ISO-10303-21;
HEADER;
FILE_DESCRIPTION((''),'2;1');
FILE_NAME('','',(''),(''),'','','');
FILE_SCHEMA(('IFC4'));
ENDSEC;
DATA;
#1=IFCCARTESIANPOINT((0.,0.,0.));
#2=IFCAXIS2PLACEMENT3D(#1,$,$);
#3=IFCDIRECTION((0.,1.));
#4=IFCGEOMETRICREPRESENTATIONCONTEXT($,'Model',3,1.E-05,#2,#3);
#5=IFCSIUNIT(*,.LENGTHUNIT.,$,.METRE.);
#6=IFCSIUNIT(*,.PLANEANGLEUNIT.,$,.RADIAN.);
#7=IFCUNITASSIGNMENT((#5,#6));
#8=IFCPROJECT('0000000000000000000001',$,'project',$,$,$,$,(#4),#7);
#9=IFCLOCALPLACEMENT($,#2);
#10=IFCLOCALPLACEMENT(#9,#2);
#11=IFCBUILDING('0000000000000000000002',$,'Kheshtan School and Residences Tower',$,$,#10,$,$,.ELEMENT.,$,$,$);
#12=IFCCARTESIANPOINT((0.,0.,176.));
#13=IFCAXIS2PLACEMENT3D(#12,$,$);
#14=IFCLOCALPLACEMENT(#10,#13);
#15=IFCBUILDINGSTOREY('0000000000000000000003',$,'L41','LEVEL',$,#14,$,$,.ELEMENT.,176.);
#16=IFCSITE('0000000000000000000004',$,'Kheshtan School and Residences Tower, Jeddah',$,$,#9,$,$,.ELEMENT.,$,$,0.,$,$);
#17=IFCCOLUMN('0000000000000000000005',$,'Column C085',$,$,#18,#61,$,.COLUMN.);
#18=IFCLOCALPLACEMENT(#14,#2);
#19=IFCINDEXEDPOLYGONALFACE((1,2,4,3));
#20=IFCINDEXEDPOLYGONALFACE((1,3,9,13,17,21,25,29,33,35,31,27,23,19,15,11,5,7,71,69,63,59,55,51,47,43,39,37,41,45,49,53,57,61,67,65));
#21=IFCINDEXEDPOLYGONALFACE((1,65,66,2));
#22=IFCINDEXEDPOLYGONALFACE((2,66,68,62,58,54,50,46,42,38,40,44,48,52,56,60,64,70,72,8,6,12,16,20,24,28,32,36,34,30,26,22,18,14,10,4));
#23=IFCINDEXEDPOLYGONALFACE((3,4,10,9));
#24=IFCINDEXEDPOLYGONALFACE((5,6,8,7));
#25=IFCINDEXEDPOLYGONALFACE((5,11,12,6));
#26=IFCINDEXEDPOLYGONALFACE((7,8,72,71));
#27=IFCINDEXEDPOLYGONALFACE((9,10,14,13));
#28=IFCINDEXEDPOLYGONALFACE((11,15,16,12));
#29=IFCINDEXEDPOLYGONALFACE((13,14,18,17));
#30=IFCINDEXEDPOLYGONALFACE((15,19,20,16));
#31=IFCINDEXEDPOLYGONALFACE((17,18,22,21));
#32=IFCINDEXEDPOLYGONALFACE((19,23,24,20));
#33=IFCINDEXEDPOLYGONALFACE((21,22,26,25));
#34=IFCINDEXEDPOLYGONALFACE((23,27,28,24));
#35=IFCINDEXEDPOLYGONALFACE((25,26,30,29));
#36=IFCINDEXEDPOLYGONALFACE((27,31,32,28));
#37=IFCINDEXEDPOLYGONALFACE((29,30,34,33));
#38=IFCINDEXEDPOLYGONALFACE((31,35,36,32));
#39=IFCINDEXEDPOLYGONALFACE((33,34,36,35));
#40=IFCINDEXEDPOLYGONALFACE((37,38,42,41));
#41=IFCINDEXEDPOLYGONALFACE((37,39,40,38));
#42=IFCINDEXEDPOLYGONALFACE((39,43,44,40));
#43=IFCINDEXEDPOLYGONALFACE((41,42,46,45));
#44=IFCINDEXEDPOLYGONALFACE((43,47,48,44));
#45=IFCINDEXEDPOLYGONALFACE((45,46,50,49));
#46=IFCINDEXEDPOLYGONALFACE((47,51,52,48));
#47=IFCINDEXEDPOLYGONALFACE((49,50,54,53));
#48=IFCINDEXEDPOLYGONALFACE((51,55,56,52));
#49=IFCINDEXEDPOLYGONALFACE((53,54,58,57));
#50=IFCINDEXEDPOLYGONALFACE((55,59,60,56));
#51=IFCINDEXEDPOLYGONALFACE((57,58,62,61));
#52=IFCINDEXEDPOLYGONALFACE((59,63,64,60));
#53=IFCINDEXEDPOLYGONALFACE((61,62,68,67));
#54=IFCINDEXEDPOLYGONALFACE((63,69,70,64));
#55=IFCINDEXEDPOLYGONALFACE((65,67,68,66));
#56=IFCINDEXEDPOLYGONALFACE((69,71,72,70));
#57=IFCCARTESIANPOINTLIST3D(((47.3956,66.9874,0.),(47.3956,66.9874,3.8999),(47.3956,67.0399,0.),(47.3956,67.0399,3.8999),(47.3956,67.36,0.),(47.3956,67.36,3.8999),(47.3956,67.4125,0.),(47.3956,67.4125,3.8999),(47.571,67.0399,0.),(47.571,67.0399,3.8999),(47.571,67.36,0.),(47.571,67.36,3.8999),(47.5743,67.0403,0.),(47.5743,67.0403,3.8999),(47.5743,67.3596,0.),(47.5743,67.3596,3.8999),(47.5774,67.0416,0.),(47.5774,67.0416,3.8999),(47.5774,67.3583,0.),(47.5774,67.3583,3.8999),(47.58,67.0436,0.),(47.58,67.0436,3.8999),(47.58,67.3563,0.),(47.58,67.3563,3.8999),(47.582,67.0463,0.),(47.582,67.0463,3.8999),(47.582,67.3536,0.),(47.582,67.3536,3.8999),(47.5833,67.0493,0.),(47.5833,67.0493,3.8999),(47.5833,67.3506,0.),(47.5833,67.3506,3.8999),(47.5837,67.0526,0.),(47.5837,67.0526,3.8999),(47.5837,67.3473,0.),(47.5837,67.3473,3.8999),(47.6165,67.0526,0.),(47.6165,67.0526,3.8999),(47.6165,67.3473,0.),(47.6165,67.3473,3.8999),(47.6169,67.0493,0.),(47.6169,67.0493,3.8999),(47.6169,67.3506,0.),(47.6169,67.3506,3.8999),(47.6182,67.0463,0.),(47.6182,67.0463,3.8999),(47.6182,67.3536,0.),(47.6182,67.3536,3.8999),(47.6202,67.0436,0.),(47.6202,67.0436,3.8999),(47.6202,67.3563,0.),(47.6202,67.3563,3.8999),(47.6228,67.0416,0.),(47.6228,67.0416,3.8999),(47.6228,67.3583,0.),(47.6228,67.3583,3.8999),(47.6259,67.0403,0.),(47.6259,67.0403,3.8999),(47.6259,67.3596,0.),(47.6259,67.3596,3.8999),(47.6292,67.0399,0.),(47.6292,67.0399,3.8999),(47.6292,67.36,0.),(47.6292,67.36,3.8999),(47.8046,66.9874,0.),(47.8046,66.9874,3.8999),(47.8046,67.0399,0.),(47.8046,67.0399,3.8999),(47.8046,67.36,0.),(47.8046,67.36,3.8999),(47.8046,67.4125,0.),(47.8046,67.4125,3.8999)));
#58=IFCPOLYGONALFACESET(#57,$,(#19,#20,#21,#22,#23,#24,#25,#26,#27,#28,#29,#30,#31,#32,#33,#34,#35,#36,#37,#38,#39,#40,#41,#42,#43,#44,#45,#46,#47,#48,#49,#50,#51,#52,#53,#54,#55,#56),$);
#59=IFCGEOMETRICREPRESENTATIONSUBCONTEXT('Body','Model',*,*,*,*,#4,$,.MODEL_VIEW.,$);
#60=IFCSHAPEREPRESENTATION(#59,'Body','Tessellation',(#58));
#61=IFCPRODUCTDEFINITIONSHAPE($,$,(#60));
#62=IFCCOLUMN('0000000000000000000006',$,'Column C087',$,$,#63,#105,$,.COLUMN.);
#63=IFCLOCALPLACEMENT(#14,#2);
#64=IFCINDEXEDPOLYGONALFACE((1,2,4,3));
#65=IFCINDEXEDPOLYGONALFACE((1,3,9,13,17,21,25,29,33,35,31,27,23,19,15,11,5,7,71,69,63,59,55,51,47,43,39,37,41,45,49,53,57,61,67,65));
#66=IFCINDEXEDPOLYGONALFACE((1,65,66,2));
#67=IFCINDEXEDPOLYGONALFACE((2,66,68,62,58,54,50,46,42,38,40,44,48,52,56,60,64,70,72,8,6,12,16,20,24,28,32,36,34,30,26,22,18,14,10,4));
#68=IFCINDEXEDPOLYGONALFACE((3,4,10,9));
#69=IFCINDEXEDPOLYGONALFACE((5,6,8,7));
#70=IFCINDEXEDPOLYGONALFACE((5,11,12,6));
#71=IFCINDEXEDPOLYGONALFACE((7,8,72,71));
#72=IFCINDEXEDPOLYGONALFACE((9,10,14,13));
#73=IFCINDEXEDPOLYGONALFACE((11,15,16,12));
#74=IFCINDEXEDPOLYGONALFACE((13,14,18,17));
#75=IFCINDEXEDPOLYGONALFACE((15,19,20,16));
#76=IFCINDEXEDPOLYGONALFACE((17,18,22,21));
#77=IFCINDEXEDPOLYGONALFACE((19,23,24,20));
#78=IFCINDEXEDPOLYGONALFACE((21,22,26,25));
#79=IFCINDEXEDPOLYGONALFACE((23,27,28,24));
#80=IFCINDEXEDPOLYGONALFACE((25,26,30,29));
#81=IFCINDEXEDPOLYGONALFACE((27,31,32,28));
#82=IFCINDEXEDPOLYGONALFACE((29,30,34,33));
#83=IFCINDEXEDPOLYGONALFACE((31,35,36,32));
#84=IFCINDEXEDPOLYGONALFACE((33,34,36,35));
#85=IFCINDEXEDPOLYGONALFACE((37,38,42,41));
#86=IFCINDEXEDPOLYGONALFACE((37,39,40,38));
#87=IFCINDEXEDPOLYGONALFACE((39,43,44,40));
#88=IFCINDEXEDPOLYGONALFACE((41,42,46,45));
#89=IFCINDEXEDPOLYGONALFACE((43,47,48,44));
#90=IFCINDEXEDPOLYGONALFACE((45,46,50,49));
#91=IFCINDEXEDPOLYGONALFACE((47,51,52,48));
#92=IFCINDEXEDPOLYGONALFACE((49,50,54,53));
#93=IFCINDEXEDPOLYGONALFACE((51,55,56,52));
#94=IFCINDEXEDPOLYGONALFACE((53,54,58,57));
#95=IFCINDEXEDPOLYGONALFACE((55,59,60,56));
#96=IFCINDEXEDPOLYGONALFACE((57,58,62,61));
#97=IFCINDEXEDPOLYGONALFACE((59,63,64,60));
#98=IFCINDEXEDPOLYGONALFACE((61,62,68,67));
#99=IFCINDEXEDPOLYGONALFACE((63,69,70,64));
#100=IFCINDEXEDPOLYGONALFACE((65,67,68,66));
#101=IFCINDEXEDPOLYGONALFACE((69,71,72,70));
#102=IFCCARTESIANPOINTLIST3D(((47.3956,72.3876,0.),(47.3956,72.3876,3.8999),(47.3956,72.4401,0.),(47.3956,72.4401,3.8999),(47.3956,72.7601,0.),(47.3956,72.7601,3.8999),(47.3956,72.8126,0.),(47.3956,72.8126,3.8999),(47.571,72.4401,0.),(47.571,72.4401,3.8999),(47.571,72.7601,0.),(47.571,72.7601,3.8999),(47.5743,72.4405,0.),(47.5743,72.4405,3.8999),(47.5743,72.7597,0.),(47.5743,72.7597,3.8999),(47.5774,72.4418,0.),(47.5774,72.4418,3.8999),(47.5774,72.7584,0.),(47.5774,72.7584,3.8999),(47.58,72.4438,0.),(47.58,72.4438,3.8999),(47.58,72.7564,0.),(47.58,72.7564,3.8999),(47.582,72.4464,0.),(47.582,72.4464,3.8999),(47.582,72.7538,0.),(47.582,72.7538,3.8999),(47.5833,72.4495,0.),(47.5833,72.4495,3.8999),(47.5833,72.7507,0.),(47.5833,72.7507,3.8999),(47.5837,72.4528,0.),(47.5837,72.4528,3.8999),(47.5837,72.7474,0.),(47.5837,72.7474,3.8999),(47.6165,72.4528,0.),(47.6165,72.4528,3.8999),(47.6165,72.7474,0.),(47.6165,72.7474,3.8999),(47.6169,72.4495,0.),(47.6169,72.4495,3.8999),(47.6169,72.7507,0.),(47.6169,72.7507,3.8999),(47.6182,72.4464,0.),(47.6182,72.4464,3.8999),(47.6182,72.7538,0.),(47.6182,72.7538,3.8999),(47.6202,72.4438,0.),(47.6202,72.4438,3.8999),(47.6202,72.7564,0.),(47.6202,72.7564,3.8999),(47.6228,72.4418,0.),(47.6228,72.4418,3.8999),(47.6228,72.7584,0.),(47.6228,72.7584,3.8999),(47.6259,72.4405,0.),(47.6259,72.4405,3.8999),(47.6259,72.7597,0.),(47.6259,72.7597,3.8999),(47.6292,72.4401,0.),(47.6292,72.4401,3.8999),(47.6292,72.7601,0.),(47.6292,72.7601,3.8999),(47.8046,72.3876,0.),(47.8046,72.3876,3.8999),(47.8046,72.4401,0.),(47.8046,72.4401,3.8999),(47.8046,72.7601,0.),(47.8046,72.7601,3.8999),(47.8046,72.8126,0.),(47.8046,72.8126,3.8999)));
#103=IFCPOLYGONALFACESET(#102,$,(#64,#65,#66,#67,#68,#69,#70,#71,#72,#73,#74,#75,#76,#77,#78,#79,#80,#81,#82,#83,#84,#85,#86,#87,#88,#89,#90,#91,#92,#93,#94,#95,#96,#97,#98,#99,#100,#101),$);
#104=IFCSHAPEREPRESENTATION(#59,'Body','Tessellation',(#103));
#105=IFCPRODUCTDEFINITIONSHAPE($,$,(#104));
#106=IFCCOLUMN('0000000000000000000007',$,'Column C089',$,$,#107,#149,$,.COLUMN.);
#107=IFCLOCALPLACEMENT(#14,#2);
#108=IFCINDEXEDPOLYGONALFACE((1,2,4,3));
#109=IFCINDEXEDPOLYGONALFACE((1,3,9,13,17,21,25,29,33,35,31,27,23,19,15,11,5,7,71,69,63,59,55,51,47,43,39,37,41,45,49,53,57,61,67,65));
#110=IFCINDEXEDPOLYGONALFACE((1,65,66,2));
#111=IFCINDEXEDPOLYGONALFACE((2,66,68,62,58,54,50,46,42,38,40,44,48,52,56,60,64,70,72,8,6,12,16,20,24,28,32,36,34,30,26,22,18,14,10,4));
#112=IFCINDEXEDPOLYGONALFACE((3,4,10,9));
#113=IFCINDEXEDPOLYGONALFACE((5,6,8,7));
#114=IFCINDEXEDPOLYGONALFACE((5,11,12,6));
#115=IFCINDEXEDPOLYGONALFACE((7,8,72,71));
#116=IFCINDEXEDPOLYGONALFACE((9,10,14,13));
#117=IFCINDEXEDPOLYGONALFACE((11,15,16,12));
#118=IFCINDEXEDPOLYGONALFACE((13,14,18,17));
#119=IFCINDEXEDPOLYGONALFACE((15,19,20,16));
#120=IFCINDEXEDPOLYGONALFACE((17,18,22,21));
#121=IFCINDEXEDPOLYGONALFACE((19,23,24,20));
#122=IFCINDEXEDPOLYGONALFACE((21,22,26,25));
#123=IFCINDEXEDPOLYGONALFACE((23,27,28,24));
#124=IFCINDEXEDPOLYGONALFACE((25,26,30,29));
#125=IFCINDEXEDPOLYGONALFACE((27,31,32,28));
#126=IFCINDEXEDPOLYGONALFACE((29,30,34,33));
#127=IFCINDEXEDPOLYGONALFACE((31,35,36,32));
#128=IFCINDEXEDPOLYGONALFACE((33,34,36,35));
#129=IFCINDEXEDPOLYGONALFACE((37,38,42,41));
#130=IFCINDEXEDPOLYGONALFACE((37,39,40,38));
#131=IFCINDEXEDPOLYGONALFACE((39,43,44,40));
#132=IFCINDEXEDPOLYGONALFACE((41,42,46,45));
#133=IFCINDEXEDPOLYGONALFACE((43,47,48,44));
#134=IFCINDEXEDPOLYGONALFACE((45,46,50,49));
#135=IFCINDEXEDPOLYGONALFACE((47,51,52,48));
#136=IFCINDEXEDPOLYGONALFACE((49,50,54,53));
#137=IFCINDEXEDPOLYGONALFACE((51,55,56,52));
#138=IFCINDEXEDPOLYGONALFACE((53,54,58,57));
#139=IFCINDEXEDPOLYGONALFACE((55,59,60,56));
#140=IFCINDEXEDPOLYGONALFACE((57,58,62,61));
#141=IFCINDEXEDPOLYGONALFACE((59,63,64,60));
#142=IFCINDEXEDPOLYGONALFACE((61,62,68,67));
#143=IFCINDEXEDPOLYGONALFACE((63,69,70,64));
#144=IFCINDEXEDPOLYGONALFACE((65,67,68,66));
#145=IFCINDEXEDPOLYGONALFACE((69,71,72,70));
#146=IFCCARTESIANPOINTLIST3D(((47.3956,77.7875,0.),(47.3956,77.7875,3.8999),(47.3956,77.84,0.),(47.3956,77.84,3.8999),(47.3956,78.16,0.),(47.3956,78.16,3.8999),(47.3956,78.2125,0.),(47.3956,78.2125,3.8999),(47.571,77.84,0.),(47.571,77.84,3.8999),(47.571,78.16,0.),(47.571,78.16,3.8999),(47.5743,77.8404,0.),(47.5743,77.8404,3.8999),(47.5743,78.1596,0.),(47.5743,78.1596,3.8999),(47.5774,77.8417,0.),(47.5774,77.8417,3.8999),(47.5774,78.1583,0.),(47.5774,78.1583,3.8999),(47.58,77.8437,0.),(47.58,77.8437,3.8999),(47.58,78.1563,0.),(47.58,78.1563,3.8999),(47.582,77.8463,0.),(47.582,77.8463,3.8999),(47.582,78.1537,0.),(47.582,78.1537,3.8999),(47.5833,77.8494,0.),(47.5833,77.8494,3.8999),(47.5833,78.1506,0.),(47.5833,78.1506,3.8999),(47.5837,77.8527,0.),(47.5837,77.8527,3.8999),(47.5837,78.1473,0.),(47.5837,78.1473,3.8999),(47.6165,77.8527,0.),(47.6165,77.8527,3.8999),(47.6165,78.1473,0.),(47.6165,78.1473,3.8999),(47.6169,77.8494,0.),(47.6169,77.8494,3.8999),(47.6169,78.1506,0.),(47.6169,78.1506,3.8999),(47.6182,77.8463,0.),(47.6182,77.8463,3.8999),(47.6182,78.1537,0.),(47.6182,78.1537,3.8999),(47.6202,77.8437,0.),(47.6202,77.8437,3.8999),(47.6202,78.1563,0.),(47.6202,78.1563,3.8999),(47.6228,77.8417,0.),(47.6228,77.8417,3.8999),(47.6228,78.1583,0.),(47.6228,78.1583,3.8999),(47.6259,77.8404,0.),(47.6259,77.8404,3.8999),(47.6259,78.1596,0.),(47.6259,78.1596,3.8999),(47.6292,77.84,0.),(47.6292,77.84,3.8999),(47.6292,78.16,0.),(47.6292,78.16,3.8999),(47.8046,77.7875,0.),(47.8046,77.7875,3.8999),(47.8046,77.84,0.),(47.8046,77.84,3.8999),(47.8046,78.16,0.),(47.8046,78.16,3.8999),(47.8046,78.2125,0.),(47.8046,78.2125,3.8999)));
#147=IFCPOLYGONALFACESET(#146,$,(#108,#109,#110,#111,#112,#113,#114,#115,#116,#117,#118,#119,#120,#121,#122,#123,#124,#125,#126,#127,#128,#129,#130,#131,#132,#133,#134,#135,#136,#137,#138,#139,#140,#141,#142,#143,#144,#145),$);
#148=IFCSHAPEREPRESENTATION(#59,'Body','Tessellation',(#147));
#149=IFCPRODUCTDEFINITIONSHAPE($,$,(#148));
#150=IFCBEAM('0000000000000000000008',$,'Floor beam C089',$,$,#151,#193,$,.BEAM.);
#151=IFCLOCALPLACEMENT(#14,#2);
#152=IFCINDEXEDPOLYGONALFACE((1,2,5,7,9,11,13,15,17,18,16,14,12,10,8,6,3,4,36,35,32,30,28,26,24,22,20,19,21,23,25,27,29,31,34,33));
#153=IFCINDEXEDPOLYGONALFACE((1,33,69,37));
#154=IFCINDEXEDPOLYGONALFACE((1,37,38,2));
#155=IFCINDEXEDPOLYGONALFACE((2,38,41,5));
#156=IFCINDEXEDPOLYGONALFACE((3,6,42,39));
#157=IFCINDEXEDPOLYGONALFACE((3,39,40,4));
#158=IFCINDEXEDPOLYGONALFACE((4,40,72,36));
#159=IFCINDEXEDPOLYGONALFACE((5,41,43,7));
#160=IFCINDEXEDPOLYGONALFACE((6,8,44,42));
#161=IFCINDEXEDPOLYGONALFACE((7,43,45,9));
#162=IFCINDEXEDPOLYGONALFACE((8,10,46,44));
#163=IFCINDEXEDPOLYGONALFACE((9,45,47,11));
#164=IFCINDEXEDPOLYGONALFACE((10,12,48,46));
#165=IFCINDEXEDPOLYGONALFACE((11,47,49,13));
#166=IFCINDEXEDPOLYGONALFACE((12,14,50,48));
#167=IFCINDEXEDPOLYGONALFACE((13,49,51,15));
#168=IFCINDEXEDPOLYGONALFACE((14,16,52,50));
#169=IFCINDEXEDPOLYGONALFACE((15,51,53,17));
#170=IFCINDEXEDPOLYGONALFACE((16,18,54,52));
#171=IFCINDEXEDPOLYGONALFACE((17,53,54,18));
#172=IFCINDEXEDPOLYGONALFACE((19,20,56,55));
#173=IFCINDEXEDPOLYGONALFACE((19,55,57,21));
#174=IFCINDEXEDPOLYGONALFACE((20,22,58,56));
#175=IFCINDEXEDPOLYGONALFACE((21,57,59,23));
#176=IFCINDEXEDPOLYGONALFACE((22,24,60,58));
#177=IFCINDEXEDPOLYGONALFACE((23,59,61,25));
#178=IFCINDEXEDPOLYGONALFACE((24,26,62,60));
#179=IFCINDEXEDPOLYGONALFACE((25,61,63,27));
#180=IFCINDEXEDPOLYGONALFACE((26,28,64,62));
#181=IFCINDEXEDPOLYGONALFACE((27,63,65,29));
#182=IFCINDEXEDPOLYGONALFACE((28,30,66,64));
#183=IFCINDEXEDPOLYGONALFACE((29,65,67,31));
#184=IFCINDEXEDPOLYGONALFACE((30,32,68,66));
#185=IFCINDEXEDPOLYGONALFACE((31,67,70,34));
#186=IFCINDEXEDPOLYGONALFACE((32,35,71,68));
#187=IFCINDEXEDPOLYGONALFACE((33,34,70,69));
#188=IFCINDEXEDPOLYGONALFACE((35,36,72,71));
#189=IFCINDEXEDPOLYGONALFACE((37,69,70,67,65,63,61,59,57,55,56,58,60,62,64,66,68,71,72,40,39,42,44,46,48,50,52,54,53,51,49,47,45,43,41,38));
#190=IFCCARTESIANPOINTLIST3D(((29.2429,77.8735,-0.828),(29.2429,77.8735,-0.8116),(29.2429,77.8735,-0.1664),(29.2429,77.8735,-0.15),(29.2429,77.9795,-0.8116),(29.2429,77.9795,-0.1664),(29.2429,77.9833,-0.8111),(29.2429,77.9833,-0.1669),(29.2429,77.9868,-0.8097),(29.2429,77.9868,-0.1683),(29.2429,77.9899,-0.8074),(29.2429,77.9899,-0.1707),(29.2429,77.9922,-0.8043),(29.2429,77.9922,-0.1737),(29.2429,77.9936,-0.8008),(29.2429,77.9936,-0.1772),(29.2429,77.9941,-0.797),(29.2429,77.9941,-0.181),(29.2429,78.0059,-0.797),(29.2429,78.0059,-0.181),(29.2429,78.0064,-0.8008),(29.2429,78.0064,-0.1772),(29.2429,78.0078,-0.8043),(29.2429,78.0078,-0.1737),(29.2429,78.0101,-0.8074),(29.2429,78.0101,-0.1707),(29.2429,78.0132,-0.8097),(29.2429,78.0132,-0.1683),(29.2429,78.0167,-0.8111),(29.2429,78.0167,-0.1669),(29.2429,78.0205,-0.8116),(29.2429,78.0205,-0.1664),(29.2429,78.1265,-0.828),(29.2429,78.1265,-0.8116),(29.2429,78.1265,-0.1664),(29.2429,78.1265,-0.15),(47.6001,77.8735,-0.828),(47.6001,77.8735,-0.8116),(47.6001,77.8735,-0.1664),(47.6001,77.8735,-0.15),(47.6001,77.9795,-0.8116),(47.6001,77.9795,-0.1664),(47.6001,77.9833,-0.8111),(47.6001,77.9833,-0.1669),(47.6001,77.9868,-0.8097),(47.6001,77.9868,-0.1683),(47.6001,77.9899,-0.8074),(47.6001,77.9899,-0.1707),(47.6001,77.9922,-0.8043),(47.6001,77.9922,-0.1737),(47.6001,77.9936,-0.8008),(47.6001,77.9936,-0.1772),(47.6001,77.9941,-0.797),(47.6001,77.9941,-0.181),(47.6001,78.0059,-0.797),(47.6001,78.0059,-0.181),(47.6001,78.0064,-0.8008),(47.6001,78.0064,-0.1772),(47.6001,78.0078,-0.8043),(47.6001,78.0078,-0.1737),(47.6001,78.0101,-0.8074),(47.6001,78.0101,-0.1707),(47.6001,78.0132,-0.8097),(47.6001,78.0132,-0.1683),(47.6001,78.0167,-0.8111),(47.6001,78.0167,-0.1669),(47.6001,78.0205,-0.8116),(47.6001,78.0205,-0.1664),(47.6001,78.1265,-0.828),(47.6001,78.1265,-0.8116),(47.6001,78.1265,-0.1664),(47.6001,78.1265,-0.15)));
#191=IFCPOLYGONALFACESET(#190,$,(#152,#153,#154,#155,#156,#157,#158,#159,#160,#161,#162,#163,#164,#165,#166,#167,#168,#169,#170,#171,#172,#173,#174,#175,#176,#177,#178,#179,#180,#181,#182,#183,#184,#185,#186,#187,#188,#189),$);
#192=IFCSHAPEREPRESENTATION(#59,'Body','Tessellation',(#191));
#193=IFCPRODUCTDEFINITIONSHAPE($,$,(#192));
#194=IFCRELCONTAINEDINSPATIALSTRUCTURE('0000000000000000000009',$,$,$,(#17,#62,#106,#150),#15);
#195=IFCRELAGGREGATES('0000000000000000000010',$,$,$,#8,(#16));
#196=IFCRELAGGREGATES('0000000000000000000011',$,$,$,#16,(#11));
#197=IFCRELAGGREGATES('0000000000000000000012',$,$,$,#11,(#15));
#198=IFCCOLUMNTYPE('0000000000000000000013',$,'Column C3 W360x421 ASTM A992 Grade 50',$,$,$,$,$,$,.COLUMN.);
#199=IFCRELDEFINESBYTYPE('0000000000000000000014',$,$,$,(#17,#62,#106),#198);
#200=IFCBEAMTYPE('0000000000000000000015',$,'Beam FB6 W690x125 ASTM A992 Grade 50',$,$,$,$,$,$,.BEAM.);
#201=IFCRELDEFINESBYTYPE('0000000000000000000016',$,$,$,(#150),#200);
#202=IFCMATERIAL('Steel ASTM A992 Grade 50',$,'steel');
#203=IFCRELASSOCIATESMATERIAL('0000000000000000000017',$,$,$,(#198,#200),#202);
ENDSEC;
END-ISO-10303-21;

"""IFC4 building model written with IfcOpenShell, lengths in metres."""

from ifc_helpers import new_model, si_unit, direction, frame, origin, origin_2d, place, context, subcontext, project, spatial, i_section, extrude, material, material_profile, profile_set, type_object, element, save


model = new_model("IFC4")

# Units and contexts
model_context = context("Model", 3, precision=1e-05, world=origin(), true_north=direction((0.0, 1.0)))
body_context = subcontext(model_context, "Body", "Model", "MODEL_VIEW")
ifc_project = project(units=[si_unit("LENGTHUNIT", "METRE"), si_unit("PLANEANGLEUNIT", "RADIAN")], contexts=[model_context])

# Site, building, storey
site_placement = place(None, origin())
site = spatial("IfcSite", under=ifc_project, at=site_placement, Name="Kheshtan School and Residences Tower, Jeddah", CompositionType="ELEMENT", RefElevation=0.0)
building_placement = place(site_placement, origin())
building = spatial("IfcBuilding", under=site, at=building_placement, Name="Kheshtan School and Residences Tower", CompositionType="ELEMENT")
storey_placement = place(building_placement, frame((0.0, 0.0, 176.0)))
storey = spatial("IfcBuildingStorey", under=building, at=storey_placement, Name="L41", Description="LEVEL", CompositionType="ELEMENT", Elevation=176.0)

# Columns
ifc_material_1 = material(Name="Steel ASTM A992 Grade 50", Category="steel")
ifc_material_profile_1 = material_profile(ifc_material_1, i_section(OverallWidth=0.4089, OverallDepth=0.425, WebThickness=0.0327, FlangeThickness=0.0525, FilletRadius=0.0127, at=origin_2d()), Name="W360x421")
ifc_profile_set_1 = profile_set([ifc_material_profile_1], Name="Steel ASTM A992 Grade 50")
column_type = type_object("IfcColumnType", Name="Column C3 W360x421 ASTM A992 Grade 50", PredefinedType="COLUMN", material=ifc_profile_set_1)
for number, where, z_axis, x_axis, name in (
    (1, (47.6001, 67.2, 0.0), (0.0, 0.0, 1.0), (1.0, 0.0, 0.0), "Column C085"),
    (2, (47.6001, 72.6001, 0.0), (0.0, 0.0, 1.0), (1.0, 0.0, 0.0), "Column C087"),
    (3, (47.6001, 78.0, 0.0), (0.0, 0.0, 1.0), (1.0, 0.0, 0.0), "Column C089"),
):
    element("IfcColumn", number, at=place(storey_placement, frame(where, z_axis=z_axis, x_axis=x_axis)), inside=storey, type_object=column_type, Name=name, PredefinedType="COLUMN", context=body_context, shape_type="SweptSolid", body=[
        extrude(i_section(OverallWidth=0.4089, OverallDepth=0.425, WebThickness=0.0327, FlangeThickness=0.0525, FilletRadius=0.0127, at=origin_2d()), origin(), (0.0, 0.0, 1.0), 3.8999),
    ])

# Beam
ifc_material_profile_2 = material_profile(ifc_material_1, i_section(OverallWidth=0.2529, OverallDepth=0.678, WebThickness=0.0117, FlangeThickness=0.0164, FilletRadius=0.0146, at=origin_2d()), Name="W690x125")
ifc_profile_set_2 = profile_set([ifc_material_profile_2], Name="Steel ASTM A992 Grade 50")
beam_type_1 = type_object("IfcBeamType", Name="Beam FB6 W690x125 ASTM A992 Grade 50", PredefinedType="BEAM", material=ifc_profile_set_2)
beam_1_placement = place(storey_placement, frame((47.6001, 78.0, -0.489), z_axis=(-1.0, 0.0, 0.0), x_axis=(0.0, -1.0, 0.0)))
element("IfcBeam", 4, at=beam_1_placement, inside=storey, type_object=beam_type_1, Name="Floor beam C089", PredefinedType="BEAM", context=body_context, shape_type="SweptSolid", body=[
    extrude(i_section(OverallWidth=0.2529, OverallDepth=0.678, WebThickness=0.0117, FlangeThickness=0.0164, FilletRadius=0.0146, at=origin_2d()), origin(), (0.0, 0.0, 1.0), 18.3572),
])

save(model, "model.ifc")
